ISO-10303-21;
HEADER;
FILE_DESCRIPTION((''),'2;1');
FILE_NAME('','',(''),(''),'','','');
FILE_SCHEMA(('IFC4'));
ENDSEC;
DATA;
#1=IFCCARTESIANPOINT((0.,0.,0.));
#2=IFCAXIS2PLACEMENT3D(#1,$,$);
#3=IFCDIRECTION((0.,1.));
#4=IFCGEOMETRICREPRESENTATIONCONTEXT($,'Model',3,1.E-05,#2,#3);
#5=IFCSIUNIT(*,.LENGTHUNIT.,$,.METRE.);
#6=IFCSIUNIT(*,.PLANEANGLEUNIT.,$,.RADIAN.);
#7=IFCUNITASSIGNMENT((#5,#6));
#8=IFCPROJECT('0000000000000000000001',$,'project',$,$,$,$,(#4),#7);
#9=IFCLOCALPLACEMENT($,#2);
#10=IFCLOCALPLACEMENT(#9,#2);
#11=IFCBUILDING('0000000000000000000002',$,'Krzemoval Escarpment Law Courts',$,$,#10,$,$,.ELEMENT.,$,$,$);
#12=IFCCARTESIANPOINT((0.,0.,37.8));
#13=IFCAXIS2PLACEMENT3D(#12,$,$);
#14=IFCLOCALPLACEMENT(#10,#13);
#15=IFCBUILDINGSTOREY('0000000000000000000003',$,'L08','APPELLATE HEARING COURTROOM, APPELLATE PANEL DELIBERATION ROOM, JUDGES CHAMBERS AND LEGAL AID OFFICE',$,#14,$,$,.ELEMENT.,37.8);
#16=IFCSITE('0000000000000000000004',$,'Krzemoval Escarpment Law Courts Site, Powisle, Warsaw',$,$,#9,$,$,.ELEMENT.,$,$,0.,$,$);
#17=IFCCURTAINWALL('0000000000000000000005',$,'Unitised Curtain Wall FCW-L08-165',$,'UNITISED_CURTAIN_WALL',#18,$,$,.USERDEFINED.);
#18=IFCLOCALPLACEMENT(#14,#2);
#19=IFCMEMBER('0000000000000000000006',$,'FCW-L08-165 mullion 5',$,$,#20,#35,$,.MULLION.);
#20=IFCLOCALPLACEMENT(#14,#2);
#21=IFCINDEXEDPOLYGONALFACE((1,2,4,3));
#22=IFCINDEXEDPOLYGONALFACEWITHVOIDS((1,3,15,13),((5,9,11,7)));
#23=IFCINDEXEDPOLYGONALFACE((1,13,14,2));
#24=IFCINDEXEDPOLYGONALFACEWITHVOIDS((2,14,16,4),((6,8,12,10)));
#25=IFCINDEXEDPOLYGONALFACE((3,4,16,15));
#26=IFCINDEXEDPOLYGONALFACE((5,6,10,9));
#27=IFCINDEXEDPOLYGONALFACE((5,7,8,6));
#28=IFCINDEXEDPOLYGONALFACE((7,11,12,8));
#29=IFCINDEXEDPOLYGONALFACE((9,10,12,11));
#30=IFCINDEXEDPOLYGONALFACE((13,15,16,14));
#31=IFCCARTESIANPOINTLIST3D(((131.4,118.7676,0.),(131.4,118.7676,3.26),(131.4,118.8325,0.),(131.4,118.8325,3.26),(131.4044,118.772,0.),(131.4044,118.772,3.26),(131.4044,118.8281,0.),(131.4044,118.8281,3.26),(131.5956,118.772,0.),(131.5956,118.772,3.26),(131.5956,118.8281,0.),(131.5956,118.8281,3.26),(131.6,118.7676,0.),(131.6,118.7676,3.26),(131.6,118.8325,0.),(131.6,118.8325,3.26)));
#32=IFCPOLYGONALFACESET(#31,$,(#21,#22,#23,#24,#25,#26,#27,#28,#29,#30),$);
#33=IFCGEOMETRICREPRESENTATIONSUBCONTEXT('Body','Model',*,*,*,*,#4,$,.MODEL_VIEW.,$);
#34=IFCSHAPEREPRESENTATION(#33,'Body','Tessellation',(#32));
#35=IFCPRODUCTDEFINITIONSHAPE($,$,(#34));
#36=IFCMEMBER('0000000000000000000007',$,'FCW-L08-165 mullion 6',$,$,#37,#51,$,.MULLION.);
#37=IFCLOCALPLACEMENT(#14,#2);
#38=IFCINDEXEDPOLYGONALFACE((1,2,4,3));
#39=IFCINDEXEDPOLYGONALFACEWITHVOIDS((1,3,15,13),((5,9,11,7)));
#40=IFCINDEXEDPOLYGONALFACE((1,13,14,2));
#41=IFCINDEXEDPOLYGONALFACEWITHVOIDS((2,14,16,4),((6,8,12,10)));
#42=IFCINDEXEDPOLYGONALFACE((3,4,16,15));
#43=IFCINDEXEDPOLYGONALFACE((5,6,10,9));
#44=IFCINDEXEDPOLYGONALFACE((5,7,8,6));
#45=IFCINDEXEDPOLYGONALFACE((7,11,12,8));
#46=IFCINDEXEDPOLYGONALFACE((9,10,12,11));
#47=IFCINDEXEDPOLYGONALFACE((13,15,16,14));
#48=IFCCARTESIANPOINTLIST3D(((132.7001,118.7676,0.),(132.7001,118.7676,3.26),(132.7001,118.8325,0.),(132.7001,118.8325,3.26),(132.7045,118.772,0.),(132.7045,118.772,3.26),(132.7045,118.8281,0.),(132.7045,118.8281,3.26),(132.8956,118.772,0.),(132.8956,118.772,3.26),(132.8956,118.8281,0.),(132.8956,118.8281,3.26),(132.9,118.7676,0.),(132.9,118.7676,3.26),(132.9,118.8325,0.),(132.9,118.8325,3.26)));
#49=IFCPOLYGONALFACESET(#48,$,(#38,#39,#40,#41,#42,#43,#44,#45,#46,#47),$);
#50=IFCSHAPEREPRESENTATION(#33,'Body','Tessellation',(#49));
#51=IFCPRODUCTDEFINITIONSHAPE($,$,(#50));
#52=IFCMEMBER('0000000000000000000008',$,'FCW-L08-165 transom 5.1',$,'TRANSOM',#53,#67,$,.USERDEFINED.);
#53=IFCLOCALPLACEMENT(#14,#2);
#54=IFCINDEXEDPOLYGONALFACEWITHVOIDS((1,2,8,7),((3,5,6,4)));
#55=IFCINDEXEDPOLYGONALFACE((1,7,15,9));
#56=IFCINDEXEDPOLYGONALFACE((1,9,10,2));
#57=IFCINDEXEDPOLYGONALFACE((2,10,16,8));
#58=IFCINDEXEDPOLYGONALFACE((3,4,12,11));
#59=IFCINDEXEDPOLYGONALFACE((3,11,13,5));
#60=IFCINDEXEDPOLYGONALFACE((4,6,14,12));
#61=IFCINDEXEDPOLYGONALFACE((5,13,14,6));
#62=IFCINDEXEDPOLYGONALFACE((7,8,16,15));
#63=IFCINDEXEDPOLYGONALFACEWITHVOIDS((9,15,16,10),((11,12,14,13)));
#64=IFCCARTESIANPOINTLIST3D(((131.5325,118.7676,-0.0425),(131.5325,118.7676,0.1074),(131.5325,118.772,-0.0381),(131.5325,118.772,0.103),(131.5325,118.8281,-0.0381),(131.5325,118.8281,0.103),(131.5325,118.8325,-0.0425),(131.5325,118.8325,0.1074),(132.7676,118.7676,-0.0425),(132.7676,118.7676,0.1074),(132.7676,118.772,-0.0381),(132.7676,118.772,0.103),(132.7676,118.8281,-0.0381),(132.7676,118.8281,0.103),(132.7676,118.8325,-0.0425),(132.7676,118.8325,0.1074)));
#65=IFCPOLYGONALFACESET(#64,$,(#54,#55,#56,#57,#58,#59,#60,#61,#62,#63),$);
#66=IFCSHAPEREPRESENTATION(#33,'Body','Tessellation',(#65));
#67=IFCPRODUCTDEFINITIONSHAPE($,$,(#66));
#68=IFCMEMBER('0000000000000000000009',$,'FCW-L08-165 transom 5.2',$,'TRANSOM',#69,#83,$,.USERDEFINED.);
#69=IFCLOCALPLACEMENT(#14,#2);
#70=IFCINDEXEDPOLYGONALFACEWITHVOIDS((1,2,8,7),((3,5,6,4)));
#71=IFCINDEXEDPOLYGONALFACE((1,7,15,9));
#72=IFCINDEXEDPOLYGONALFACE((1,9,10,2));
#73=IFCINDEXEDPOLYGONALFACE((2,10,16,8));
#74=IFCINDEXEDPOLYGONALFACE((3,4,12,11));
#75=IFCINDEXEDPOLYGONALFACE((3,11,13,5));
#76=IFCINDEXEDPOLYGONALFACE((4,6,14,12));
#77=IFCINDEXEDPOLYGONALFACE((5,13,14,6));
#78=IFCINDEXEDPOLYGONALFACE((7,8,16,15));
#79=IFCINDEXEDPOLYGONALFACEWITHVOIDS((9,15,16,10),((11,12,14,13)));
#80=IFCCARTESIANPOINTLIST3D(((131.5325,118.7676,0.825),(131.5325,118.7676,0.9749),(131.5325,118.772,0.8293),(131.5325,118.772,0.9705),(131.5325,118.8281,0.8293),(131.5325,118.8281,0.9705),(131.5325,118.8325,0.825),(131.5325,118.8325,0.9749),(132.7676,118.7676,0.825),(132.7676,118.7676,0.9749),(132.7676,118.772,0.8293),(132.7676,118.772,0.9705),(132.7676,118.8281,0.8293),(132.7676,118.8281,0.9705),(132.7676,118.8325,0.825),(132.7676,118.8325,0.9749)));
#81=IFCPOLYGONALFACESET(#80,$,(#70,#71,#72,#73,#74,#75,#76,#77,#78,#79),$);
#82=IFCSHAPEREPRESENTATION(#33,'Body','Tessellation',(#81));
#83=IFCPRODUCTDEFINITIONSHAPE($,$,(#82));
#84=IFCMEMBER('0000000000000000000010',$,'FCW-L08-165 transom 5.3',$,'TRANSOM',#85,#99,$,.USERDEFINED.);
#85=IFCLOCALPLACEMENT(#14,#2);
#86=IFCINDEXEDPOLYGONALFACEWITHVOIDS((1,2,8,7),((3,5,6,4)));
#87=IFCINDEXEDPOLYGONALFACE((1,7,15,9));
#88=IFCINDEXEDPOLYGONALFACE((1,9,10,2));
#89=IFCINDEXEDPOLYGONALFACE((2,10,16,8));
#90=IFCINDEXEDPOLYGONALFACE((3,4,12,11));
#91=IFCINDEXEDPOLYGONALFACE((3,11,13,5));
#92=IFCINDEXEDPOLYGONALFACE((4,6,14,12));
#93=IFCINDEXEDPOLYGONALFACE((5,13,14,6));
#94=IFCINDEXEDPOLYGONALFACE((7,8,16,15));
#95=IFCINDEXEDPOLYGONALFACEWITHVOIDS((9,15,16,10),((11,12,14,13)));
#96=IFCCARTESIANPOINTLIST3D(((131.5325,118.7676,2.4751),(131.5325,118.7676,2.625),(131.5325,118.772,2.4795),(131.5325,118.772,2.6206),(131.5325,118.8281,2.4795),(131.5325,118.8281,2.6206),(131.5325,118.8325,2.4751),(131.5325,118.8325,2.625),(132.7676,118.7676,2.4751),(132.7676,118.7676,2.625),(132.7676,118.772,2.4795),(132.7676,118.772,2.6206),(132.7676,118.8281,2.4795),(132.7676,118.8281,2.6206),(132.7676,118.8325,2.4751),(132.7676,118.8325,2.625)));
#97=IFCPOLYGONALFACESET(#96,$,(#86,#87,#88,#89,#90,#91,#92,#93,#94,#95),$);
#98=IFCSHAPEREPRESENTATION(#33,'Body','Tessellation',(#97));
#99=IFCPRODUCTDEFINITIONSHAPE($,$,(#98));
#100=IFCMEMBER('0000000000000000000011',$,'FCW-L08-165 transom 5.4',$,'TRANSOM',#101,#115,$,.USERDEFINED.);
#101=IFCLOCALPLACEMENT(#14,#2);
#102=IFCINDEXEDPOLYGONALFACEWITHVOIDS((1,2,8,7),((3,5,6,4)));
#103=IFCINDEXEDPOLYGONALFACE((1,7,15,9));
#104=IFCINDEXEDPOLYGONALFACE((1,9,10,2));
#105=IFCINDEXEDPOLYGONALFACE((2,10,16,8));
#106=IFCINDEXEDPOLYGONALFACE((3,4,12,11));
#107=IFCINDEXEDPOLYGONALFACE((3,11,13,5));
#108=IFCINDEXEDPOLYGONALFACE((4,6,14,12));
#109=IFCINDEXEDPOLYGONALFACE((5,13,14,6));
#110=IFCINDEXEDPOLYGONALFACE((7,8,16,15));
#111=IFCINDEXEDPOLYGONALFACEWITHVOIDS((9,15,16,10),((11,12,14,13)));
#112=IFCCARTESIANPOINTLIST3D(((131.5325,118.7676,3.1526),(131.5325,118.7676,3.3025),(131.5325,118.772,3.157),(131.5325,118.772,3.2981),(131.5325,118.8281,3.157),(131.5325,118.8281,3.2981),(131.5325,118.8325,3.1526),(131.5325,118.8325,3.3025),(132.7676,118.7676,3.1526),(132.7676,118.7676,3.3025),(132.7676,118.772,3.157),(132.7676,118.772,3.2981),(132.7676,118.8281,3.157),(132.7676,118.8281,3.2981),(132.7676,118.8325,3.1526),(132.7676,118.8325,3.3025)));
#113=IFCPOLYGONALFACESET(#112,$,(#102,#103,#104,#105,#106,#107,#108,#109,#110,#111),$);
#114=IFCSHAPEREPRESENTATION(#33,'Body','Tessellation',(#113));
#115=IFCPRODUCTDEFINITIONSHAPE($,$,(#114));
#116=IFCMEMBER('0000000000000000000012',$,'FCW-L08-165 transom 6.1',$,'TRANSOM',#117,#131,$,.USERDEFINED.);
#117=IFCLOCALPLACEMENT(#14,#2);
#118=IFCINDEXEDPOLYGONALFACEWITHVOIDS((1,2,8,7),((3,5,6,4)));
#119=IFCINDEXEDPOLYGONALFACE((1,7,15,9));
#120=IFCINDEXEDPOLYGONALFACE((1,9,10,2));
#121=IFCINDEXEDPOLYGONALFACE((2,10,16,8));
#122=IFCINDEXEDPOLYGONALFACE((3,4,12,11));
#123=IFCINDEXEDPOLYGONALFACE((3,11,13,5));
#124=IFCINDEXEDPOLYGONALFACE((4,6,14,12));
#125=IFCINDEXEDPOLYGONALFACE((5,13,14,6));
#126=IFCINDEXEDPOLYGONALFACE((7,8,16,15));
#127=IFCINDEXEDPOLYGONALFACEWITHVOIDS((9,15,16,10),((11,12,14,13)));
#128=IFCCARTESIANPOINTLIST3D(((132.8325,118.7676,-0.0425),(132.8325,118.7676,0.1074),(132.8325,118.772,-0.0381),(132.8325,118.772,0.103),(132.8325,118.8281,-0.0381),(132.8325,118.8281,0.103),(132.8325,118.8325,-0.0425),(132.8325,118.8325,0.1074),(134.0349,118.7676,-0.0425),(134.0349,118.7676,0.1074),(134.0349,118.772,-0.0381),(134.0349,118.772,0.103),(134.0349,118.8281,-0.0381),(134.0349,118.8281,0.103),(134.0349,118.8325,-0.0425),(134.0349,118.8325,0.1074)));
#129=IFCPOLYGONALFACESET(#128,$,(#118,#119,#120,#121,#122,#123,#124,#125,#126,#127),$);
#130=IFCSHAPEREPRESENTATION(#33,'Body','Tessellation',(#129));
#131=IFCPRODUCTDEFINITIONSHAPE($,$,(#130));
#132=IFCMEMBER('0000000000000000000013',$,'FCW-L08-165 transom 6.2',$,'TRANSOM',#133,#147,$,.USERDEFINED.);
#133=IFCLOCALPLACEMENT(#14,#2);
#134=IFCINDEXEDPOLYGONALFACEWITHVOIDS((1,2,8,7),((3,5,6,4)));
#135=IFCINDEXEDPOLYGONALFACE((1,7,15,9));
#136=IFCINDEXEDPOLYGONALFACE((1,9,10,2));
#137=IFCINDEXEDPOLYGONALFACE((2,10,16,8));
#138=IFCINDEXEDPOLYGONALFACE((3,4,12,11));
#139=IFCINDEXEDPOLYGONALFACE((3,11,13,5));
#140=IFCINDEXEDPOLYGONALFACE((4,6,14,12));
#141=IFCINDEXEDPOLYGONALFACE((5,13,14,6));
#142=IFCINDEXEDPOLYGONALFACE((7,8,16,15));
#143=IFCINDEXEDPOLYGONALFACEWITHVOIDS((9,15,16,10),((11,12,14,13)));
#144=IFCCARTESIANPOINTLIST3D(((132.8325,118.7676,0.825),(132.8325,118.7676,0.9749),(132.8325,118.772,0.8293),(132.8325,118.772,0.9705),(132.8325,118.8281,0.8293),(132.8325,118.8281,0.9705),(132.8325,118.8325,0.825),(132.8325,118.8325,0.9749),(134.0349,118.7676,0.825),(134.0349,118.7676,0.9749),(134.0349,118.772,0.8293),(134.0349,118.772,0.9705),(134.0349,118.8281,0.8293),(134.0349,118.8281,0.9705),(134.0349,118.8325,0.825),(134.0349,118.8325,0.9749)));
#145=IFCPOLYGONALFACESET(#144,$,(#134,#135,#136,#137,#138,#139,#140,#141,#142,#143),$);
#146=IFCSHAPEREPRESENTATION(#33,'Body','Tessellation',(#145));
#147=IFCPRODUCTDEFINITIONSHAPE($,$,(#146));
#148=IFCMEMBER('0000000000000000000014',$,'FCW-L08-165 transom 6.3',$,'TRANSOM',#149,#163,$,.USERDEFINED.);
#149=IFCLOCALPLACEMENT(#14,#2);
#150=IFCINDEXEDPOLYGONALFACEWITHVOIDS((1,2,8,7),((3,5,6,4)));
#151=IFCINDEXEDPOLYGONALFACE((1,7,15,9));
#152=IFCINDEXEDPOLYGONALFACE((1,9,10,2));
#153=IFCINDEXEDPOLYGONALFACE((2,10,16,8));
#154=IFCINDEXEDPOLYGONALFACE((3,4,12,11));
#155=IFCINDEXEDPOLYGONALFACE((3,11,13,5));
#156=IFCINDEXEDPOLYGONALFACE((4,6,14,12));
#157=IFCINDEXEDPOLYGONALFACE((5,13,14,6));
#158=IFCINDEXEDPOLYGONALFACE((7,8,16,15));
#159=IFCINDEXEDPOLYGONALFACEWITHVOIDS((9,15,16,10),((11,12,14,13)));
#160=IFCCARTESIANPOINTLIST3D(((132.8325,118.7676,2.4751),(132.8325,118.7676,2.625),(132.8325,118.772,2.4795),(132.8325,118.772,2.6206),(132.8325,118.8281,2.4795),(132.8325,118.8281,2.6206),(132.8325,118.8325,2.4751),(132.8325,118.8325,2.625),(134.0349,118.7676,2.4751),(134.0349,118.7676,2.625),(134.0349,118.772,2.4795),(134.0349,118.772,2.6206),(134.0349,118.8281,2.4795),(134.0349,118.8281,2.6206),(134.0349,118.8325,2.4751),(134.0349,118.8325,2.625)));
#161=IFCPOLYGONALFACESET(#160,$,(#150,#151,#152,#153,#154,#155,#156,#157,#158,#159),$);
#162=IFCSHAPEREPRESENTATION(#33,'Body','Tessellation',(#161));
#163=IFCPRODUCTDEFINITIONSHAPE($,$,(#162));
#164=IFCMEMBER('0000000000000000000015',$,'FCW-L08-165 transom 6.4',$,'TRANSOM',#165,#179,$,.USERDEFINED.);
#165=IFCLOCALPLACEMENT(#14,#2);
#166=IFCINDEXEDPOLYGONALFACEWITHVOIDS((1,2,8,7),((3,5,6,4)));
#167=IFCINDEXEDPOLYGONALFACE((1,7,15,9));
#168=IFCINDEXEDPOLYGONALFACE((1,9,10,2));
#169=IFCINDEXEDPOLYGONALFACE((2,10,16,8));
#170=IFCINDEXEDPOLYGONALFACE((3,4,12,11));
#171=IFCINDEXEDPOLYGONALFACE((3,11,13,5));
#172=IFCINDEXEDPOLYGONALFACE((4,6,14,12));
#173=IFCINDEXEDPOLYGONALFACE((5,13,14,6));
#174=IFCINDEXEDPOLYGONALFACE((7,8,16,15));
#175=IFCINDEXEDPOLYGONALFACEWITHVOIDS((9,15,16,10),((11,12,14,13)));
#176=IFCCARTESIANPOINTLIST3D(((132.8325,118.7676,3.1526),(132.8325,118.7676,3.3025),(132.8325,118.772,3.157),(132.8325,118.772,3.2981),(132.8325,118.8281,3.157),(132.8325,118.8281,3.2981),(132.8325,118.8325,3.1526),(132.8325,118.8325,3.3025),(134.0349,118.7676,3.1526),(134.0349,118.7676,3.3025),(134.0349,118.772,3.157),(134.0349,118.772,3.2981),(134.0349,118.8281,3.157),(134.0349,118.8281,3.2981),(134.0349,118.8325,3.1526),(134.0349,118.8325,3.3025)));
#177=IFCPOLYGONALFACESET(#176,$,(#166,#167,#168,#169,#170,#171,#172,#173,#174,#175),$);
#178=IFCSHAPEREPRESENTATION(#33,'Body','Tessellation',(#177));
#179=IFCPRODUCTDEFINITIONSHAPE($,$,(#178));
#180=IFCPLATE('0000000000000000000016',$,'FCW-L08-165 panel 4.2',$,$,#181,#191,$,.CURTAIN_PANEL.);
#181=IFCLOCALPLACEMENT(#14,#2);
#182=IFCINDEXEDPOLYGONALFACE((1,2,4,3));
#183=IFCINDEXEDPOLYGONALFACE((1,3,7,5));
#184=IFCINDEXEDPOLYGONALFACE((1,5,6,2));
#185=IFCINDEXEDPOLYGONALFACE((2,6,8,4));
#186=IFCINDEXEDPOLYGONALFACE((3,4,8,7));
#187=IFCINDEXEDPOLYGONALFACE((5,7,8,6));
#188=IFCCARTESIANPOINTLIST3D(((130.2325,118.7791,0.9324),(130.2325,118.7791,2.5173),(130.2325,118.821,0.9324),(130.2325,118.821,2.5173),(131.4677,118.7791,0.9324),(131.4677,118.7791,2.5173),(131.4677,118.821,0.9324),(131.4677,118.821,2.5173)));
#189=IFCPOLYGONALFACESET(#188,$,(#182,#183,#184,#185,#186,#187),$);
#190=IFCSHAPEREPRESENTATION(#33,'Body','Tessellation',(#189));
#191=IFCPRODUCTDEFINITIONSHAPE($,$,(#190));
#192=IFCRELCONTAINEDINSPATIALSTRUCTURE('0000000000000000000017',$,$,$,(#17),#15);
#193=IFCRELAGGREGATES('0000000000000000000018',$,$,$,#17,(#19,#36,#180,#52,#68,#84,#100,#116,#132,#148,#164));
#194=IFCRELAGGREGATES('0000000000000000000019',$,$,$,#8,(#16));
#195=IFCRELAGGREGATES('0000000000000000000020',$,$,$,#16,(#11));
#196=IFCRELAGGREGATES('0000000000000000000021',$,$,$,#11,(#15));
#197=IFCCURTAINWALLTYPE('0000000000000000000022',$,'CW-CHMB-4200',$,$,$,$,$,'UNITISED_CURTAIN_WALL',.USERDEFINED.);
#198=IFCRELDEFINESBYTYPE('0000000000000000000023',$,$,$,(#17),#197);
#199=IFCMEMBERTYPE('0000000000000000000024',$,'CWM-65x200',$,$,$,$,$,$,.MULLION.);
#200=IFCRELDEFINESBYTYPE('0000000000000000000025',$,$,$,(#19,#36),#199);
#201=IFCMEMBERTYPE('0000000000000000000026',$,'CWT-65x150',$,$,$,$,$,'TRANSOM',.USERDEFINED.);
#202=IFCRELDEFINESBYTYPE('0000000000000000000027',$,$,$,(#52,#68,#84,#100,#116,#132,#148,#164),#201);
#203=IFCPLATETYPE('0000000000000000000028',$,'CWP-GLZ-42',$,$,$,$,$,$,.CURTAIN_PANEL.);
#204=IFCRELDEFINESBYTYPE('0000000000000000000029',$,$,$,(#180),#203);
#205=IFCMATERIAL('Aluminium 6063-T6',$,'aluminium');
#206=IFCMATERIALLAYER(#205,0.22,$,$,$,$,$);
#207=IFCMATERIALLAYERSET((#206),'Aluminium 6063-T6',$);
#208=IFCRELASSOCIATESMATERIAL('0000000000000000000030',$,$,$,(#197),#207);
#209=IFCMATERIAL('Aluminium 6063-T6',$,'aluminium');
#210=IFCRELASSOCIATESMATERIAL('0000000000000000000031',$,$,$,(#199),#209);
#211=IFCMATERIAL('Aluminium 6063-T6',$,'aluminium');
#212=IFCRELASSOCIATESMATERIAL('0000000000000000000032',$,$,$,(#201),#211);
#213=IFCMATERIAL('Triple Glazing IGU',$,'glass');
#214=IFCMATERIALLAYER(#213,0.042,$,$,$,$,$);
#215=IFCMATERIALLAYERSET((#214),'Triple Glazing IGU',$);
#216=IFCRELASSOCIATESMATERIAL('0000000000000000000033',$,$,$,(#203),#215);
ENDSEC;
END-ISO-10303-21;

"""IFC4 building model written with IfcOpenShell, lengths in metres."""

from ifc_helpers import new_model, si_unit, direction, frame, origin, origin_2d, place, context, subcontext, project, spatial, rectangle, hollow_rectangle, extrude, material, layer, layer_set, material_profile, profile_set, type_object, element, aggregate, save


model = new_model("IFC4")

# Units and contexts
model_context = context("Model", 3, precision=1e-05, world=origin(), true_north=direction((0.0, 1.0)))
body_context = subcontext(model_context, "Body", "Model", "MODEL_VIEW")
ifc_project = project(units=[si_unit("LENGTHUNIT", "METRE"), si_unit("PLANEANGLEUNIT", "RADIAN")], contexts=[model_context])

# Site, building, storey
site_placement = place(None, origin())
site = spatial("IfcSite", under=ifc_project, at=site_placement, Name="Krzemoval Escarpment Law Courts Site, Powisle, Warsaw", CompositionType="ELEMENT", RefElevation=0.0)
building_placement = place(site_placement, origin())
building = spatial("IfcBuilding", under=site, at=building_placement, Name="Krzemoval Escarpment Law Courts", CompositionType="ELEMENT")
storey_placement = place(building_placement, frame((0.0, 0.0, 37.8)))
storey = spatial("IfcBuildingStorey", under=building, at=storey_placement, Name="L08", Description="APPELLATE HEARING COURTROOM, APPELLATE PANEL DELIBERATION ROOM, JUDGES CHAMBERS AND LEGAL AID OFFICE", CompositionType="ELEMENT", Elevation=37.8)

# Curtain wall, members, plate
ifc_material_1 = material(Name="Aluminium 6063-T6", Category="aluminium")
ifc_layer_1 = layer(ifc_material_1, 0.22)
ifc_layer_set_1 = layer_set([ifc_layer_1], Name="Aluminium 6063-T6")
curtain_wall_type = type_object("IfcCurtainWallType", Name="CW-CHMB-4200", ElementType="UNITISED_CURTAIN_WALL", PredefinedType="USERDEFINED", material=ifc_layer_set_1)
curtain_wall_placement = place(storey_placement, origin())
curtain_wall = element("IfcCurtainWall", 1, at=curtain_wall_placement, inside=storey, type_object=curtain_wall_type, Name="Unitised Curtain Wall FCW-L08-165", ObjectType="UNITISED_CURTAIN_WALL", PredefinedType="USERDEFINED")
ifc_material_2 = material(Name="Aluminium 6063-T6", Category="aluminium")
ifc_material_profile_1 = material_profile(ifc_material_2, hollow_rectangle(XDim=0.0649, YDim=0.2, WallThickness=0.0044, at=origin_2d()), Name="ALU M65x200")
ifc_profile_set_1 = profile_set([ifc_material_profile_1], Name="Aluminium 6063-T6")
member_type_1 = type_object("IfcMemberType", Name="CWM-65x200", PredefinedType="MULLION", material=ifc_profile_set_1)
member_1_placement = place(storey_placement, frame((131.5, 118.8, 0.0), z_axis=(0.0, 0.0, 1.0), x_axis=(0.0, 1.0, 0.0)))
member_1 = element("IfcMember", 2, at=member_1_placement, type_object=member_type_1, Name="FCW-L08-165 mullion 5", PredefinedType="MULLION", context=body_context, shape_type="SweptSolid", body=[
    extrude(hollow_rectangle(XDim=0.0649, YDim=0.2, WallThickness=0.0044, at=origin_2d()), origin(), (0.0, 0.0, 1.0), 3.26),
])
member_2_placement = place(storey_placement, frame((132.8, 118.8, 0.0), z_axis=(0.0, 0.0, 1.0), x_axis=(0.0, 1.0, 0.0)))
member_2 = element("IfcMember", 3, at=member_2_placement, type_object=member_type_1, Name="FCW-L08-165 mullion 6", PredefinedType="MULLION", context=body_context, shape_type="SweptSolid", body=[
    extrude(hollow_rectangle(XDim=0.0649, YDim=0.2, WallThickness=0.0044, at=origin_2d()), origin(), (0.0, 0.0, 1.0), 3.26),
])
ifc_material_3 = material(Name="Aluminium 6063-T6", Category="aluminium")
ifc_material_profile_2 = material_profile(ifc_material_3, hollow_rectangle(XDim=0.0649, YDim=0.1499, WallThickness=0.0044, at=origin_2d()), Name="ALU T65x150")
ifc_profile_set_2 = profile_set([ifc_material_profile_2], Name="Aluminium 6063-T6")
member_type_2 = type_object("IfcMemberType", Name="CWT-65x150", ElementType="TRANSOM", PredefinedType="USERDEFINED", material=ifc_profile_set_2)
member_3_placement = place(storey_placement, frame((131.5325, 118.8, 0.0325), z_axis=(1.0, 0.0, 0.0), x_axis=(0.0, 1.0, 0.0)))
member_3 = element("IfcMember", 4, at=member_3_placement, type_object=member_type_2, Name="FCW-L08-165 transom 5.1", ObjectType="TRANSOM", PredefinedType="USERDEFINED", context=body_context, shape_type="SweptSolid", body=[
    extrude(hollow_rectangle(XDim=0.0649, YDim=0.1499, WallThickness=0.0044, at=origin_2d()), origin(), (0.0, 0.0, 1.0), 1.2351),
])
member_4_placement = place(storey_placement, frame((131.5325, 118.8, 0.8999), z_axis=(1.0, 0.0, 0.0), x_axis=(0.0, 1.0, 0.0)))
member_4 = element("IfcMember", 5, at=member_4_placement, type_object=member_type_2, Name="FCW-L08-165 transom 5.2", ObjectType="TRANSOM", PredefinedType="USERDEFINED", context=body_context, shape_type="SweptSolid", body=[
    extrude(hollow_rectangle(XDim=0.0649, YDim=0.1499, WallThickness=0.0044, at=origin_2d()), origin(), (0.0, 0.0, 1.0), 1.2351),
])
member_5_placement = place(storey_placement, frame((131.5325, 118.8, 2.55), z_axis=(1.0, 0.0, 0.0), x_axis=(0.0, 1.0, 0.0)))
member_5 = element("IfcMember", 6, at=member_5_placement, type_object=member_type_2, Name="FCW-L08-165 transom 5.3", ObjectType="TRANSOM", PredefinedType="USERDEFINED", context=body_context, shape_type="SweptSolid", body=[
    extrude(hollow_rectangle(XDim=0.0649, YDim=0.1499, WallThickness=0.0044, at=origin_2d()), origin(), (0.0, 0.0, 1.0), 1.2351),
])
member_6_placement = place(storey_placement, frame((131.5325, 118.8, 3.2275), z_axis=(1.0, 0.0, 0.0), x_axis=(0.0, 1.0, 0.0)))
member_6 = element("IfcMember", 7, at=member_6_placement, type_object=member_type_2, Name="FCW-L08-165 transom 5.4", ObjectType="TRANSOM", PredefinedType="USERDEFINED", context=body_context, shape_type="SweptSolid", body=[
    extrude(hollow_rectangle(XDim=0.0649, YDim=0.1499, WallThickness=0.0044, at=origin_2d()), origin(), (0.0, 0.0, 1.0), 1.2351),
])
member_7_placement = place(storey_placement, frame((132.8325, 118.8, 0.0325), z_axis=(1.0, 0.0, 0.0), x_axis=(0.0, 1.0, 0.0)))
member_7 = element("IfcMember", 8, at=member_7_placement, type_object=member_type_2, Name="FCW-L08-165 transom 6.1", ObjectType="TRANSOM", PredefinedType="USERDEFINED", context=body_context, shape_type="SweptSolid", body=[
    extrude(hollow_rectangle(XDim=0.0649, YDim=0.1499, WallThickness=0.0044, at=origin_2d()), origin(), (0.0, 0.0, 1.0), 1.2024),
])
member_8_placement = place(storey_placement, frame((132.8325, 118.8, 0.8999), z_axis=(1.0, 0.0, 0.0), x_axis=(0.0, 1.0, 0.0)))
member_8 = element("IfcMember", 9, at=member_8_placement, type_object=member_type_2, Name="FCW-L08-165 transom 6.2", ObjectType="TRANSOM", PredefinedType="USERDEFINED", context=body_context, shape_type="SweptSolid", body=[
    extrude(hollow_rectangle(XDim=0.0649, YDim=0.1499, WallThickness=0.0044, at=origin_2d()), origin(), (0.0, 0.0, 1.0), 1.2024),
])
member_9_placement = place(storey_placement, frame((132.8325, 118.8, 2.55), z_axis=(1.0, 0.0, 0.0), x_axis=(0.0, 1.0, 0.0)))
member_9 = element("IfcMember", 10, at=member_9_placement, type_object=member_type_2, Name="FCW-L08-165 transom 6.3", ObjectType="TRANSOM", PredefinedType="USERDEFINED", context=body_context, shape_type="SweptSolid", body=[
    extrude(hollow_rectangle(XDim=0.0649, YDim=0.1499, WallThickness=0.0044, at=origin_2d()), origin(), (0.0, 0.0, 1.0), 1.2024),
])
member_10_placement = place(storey_placement, frame((132.8325, 118.8, 3.2275), z_axis=(1.0, 0.0, 0.0), x_axis=(0.0, 1.0, 0.0)))
member_10 = element("IfcMember", 11, at=member_10_placement, type_object=member_type_2, Name="FCW-L08-165 transom 6.4", ObjectType="TRANSOM", PredefinedType="USERDEFINED", context=body_context, shape_type="SweptSolid", body=[
    extrude(hollow_rectangle(XDim=0.0649, YDim=0.1499, WallThickness=0.0044, at=origin_2d()), origin(), (0.0, 0.0, 1.0), 1.2024),
])
ifc_material_4 = material(Name="Triple Glazing IGU", Category="glass")
ifc_layer_2 = layer(ifc_material_4, 0.042)
ifc_layer_set_2 = layer_set([ifc_layer_2], Name="Triple Glazing IGU")
plate_type = type_object("IfcPlateType", Name="CWP-GLZ-42", PredefinedType="CURTAIN_PANEL", material=ifc_layer_set_2)
plate_1_placement = place(storey_placement, frame((130.8501, 118.8, 0.9324), z_axis=(0.0, 0.0, 1.0), x_axis=(1.0, 0.0, 0.0)))
plate_1 = element("IfcPlate", 12, at=plate_1_placement, type_object=plate_type, Name="FCW-L08-165 panel 4.2", PredefinedType="CURTAIN_PANEL", context=body_context, shape_type="SweptSolid", body=[
    extrude(rectangle(XDim=1.2351, YDim=0.042, at=origin_2d()), origin(), (0.0, 0.0, 1.0), 1.585),
])
aggregate(curtain_wall, [member_1, member_2, plate_1, member_3, member_4, member_5, member_6, member_7, member_8, member_9, member_10])

save(model, "model.ifc")
